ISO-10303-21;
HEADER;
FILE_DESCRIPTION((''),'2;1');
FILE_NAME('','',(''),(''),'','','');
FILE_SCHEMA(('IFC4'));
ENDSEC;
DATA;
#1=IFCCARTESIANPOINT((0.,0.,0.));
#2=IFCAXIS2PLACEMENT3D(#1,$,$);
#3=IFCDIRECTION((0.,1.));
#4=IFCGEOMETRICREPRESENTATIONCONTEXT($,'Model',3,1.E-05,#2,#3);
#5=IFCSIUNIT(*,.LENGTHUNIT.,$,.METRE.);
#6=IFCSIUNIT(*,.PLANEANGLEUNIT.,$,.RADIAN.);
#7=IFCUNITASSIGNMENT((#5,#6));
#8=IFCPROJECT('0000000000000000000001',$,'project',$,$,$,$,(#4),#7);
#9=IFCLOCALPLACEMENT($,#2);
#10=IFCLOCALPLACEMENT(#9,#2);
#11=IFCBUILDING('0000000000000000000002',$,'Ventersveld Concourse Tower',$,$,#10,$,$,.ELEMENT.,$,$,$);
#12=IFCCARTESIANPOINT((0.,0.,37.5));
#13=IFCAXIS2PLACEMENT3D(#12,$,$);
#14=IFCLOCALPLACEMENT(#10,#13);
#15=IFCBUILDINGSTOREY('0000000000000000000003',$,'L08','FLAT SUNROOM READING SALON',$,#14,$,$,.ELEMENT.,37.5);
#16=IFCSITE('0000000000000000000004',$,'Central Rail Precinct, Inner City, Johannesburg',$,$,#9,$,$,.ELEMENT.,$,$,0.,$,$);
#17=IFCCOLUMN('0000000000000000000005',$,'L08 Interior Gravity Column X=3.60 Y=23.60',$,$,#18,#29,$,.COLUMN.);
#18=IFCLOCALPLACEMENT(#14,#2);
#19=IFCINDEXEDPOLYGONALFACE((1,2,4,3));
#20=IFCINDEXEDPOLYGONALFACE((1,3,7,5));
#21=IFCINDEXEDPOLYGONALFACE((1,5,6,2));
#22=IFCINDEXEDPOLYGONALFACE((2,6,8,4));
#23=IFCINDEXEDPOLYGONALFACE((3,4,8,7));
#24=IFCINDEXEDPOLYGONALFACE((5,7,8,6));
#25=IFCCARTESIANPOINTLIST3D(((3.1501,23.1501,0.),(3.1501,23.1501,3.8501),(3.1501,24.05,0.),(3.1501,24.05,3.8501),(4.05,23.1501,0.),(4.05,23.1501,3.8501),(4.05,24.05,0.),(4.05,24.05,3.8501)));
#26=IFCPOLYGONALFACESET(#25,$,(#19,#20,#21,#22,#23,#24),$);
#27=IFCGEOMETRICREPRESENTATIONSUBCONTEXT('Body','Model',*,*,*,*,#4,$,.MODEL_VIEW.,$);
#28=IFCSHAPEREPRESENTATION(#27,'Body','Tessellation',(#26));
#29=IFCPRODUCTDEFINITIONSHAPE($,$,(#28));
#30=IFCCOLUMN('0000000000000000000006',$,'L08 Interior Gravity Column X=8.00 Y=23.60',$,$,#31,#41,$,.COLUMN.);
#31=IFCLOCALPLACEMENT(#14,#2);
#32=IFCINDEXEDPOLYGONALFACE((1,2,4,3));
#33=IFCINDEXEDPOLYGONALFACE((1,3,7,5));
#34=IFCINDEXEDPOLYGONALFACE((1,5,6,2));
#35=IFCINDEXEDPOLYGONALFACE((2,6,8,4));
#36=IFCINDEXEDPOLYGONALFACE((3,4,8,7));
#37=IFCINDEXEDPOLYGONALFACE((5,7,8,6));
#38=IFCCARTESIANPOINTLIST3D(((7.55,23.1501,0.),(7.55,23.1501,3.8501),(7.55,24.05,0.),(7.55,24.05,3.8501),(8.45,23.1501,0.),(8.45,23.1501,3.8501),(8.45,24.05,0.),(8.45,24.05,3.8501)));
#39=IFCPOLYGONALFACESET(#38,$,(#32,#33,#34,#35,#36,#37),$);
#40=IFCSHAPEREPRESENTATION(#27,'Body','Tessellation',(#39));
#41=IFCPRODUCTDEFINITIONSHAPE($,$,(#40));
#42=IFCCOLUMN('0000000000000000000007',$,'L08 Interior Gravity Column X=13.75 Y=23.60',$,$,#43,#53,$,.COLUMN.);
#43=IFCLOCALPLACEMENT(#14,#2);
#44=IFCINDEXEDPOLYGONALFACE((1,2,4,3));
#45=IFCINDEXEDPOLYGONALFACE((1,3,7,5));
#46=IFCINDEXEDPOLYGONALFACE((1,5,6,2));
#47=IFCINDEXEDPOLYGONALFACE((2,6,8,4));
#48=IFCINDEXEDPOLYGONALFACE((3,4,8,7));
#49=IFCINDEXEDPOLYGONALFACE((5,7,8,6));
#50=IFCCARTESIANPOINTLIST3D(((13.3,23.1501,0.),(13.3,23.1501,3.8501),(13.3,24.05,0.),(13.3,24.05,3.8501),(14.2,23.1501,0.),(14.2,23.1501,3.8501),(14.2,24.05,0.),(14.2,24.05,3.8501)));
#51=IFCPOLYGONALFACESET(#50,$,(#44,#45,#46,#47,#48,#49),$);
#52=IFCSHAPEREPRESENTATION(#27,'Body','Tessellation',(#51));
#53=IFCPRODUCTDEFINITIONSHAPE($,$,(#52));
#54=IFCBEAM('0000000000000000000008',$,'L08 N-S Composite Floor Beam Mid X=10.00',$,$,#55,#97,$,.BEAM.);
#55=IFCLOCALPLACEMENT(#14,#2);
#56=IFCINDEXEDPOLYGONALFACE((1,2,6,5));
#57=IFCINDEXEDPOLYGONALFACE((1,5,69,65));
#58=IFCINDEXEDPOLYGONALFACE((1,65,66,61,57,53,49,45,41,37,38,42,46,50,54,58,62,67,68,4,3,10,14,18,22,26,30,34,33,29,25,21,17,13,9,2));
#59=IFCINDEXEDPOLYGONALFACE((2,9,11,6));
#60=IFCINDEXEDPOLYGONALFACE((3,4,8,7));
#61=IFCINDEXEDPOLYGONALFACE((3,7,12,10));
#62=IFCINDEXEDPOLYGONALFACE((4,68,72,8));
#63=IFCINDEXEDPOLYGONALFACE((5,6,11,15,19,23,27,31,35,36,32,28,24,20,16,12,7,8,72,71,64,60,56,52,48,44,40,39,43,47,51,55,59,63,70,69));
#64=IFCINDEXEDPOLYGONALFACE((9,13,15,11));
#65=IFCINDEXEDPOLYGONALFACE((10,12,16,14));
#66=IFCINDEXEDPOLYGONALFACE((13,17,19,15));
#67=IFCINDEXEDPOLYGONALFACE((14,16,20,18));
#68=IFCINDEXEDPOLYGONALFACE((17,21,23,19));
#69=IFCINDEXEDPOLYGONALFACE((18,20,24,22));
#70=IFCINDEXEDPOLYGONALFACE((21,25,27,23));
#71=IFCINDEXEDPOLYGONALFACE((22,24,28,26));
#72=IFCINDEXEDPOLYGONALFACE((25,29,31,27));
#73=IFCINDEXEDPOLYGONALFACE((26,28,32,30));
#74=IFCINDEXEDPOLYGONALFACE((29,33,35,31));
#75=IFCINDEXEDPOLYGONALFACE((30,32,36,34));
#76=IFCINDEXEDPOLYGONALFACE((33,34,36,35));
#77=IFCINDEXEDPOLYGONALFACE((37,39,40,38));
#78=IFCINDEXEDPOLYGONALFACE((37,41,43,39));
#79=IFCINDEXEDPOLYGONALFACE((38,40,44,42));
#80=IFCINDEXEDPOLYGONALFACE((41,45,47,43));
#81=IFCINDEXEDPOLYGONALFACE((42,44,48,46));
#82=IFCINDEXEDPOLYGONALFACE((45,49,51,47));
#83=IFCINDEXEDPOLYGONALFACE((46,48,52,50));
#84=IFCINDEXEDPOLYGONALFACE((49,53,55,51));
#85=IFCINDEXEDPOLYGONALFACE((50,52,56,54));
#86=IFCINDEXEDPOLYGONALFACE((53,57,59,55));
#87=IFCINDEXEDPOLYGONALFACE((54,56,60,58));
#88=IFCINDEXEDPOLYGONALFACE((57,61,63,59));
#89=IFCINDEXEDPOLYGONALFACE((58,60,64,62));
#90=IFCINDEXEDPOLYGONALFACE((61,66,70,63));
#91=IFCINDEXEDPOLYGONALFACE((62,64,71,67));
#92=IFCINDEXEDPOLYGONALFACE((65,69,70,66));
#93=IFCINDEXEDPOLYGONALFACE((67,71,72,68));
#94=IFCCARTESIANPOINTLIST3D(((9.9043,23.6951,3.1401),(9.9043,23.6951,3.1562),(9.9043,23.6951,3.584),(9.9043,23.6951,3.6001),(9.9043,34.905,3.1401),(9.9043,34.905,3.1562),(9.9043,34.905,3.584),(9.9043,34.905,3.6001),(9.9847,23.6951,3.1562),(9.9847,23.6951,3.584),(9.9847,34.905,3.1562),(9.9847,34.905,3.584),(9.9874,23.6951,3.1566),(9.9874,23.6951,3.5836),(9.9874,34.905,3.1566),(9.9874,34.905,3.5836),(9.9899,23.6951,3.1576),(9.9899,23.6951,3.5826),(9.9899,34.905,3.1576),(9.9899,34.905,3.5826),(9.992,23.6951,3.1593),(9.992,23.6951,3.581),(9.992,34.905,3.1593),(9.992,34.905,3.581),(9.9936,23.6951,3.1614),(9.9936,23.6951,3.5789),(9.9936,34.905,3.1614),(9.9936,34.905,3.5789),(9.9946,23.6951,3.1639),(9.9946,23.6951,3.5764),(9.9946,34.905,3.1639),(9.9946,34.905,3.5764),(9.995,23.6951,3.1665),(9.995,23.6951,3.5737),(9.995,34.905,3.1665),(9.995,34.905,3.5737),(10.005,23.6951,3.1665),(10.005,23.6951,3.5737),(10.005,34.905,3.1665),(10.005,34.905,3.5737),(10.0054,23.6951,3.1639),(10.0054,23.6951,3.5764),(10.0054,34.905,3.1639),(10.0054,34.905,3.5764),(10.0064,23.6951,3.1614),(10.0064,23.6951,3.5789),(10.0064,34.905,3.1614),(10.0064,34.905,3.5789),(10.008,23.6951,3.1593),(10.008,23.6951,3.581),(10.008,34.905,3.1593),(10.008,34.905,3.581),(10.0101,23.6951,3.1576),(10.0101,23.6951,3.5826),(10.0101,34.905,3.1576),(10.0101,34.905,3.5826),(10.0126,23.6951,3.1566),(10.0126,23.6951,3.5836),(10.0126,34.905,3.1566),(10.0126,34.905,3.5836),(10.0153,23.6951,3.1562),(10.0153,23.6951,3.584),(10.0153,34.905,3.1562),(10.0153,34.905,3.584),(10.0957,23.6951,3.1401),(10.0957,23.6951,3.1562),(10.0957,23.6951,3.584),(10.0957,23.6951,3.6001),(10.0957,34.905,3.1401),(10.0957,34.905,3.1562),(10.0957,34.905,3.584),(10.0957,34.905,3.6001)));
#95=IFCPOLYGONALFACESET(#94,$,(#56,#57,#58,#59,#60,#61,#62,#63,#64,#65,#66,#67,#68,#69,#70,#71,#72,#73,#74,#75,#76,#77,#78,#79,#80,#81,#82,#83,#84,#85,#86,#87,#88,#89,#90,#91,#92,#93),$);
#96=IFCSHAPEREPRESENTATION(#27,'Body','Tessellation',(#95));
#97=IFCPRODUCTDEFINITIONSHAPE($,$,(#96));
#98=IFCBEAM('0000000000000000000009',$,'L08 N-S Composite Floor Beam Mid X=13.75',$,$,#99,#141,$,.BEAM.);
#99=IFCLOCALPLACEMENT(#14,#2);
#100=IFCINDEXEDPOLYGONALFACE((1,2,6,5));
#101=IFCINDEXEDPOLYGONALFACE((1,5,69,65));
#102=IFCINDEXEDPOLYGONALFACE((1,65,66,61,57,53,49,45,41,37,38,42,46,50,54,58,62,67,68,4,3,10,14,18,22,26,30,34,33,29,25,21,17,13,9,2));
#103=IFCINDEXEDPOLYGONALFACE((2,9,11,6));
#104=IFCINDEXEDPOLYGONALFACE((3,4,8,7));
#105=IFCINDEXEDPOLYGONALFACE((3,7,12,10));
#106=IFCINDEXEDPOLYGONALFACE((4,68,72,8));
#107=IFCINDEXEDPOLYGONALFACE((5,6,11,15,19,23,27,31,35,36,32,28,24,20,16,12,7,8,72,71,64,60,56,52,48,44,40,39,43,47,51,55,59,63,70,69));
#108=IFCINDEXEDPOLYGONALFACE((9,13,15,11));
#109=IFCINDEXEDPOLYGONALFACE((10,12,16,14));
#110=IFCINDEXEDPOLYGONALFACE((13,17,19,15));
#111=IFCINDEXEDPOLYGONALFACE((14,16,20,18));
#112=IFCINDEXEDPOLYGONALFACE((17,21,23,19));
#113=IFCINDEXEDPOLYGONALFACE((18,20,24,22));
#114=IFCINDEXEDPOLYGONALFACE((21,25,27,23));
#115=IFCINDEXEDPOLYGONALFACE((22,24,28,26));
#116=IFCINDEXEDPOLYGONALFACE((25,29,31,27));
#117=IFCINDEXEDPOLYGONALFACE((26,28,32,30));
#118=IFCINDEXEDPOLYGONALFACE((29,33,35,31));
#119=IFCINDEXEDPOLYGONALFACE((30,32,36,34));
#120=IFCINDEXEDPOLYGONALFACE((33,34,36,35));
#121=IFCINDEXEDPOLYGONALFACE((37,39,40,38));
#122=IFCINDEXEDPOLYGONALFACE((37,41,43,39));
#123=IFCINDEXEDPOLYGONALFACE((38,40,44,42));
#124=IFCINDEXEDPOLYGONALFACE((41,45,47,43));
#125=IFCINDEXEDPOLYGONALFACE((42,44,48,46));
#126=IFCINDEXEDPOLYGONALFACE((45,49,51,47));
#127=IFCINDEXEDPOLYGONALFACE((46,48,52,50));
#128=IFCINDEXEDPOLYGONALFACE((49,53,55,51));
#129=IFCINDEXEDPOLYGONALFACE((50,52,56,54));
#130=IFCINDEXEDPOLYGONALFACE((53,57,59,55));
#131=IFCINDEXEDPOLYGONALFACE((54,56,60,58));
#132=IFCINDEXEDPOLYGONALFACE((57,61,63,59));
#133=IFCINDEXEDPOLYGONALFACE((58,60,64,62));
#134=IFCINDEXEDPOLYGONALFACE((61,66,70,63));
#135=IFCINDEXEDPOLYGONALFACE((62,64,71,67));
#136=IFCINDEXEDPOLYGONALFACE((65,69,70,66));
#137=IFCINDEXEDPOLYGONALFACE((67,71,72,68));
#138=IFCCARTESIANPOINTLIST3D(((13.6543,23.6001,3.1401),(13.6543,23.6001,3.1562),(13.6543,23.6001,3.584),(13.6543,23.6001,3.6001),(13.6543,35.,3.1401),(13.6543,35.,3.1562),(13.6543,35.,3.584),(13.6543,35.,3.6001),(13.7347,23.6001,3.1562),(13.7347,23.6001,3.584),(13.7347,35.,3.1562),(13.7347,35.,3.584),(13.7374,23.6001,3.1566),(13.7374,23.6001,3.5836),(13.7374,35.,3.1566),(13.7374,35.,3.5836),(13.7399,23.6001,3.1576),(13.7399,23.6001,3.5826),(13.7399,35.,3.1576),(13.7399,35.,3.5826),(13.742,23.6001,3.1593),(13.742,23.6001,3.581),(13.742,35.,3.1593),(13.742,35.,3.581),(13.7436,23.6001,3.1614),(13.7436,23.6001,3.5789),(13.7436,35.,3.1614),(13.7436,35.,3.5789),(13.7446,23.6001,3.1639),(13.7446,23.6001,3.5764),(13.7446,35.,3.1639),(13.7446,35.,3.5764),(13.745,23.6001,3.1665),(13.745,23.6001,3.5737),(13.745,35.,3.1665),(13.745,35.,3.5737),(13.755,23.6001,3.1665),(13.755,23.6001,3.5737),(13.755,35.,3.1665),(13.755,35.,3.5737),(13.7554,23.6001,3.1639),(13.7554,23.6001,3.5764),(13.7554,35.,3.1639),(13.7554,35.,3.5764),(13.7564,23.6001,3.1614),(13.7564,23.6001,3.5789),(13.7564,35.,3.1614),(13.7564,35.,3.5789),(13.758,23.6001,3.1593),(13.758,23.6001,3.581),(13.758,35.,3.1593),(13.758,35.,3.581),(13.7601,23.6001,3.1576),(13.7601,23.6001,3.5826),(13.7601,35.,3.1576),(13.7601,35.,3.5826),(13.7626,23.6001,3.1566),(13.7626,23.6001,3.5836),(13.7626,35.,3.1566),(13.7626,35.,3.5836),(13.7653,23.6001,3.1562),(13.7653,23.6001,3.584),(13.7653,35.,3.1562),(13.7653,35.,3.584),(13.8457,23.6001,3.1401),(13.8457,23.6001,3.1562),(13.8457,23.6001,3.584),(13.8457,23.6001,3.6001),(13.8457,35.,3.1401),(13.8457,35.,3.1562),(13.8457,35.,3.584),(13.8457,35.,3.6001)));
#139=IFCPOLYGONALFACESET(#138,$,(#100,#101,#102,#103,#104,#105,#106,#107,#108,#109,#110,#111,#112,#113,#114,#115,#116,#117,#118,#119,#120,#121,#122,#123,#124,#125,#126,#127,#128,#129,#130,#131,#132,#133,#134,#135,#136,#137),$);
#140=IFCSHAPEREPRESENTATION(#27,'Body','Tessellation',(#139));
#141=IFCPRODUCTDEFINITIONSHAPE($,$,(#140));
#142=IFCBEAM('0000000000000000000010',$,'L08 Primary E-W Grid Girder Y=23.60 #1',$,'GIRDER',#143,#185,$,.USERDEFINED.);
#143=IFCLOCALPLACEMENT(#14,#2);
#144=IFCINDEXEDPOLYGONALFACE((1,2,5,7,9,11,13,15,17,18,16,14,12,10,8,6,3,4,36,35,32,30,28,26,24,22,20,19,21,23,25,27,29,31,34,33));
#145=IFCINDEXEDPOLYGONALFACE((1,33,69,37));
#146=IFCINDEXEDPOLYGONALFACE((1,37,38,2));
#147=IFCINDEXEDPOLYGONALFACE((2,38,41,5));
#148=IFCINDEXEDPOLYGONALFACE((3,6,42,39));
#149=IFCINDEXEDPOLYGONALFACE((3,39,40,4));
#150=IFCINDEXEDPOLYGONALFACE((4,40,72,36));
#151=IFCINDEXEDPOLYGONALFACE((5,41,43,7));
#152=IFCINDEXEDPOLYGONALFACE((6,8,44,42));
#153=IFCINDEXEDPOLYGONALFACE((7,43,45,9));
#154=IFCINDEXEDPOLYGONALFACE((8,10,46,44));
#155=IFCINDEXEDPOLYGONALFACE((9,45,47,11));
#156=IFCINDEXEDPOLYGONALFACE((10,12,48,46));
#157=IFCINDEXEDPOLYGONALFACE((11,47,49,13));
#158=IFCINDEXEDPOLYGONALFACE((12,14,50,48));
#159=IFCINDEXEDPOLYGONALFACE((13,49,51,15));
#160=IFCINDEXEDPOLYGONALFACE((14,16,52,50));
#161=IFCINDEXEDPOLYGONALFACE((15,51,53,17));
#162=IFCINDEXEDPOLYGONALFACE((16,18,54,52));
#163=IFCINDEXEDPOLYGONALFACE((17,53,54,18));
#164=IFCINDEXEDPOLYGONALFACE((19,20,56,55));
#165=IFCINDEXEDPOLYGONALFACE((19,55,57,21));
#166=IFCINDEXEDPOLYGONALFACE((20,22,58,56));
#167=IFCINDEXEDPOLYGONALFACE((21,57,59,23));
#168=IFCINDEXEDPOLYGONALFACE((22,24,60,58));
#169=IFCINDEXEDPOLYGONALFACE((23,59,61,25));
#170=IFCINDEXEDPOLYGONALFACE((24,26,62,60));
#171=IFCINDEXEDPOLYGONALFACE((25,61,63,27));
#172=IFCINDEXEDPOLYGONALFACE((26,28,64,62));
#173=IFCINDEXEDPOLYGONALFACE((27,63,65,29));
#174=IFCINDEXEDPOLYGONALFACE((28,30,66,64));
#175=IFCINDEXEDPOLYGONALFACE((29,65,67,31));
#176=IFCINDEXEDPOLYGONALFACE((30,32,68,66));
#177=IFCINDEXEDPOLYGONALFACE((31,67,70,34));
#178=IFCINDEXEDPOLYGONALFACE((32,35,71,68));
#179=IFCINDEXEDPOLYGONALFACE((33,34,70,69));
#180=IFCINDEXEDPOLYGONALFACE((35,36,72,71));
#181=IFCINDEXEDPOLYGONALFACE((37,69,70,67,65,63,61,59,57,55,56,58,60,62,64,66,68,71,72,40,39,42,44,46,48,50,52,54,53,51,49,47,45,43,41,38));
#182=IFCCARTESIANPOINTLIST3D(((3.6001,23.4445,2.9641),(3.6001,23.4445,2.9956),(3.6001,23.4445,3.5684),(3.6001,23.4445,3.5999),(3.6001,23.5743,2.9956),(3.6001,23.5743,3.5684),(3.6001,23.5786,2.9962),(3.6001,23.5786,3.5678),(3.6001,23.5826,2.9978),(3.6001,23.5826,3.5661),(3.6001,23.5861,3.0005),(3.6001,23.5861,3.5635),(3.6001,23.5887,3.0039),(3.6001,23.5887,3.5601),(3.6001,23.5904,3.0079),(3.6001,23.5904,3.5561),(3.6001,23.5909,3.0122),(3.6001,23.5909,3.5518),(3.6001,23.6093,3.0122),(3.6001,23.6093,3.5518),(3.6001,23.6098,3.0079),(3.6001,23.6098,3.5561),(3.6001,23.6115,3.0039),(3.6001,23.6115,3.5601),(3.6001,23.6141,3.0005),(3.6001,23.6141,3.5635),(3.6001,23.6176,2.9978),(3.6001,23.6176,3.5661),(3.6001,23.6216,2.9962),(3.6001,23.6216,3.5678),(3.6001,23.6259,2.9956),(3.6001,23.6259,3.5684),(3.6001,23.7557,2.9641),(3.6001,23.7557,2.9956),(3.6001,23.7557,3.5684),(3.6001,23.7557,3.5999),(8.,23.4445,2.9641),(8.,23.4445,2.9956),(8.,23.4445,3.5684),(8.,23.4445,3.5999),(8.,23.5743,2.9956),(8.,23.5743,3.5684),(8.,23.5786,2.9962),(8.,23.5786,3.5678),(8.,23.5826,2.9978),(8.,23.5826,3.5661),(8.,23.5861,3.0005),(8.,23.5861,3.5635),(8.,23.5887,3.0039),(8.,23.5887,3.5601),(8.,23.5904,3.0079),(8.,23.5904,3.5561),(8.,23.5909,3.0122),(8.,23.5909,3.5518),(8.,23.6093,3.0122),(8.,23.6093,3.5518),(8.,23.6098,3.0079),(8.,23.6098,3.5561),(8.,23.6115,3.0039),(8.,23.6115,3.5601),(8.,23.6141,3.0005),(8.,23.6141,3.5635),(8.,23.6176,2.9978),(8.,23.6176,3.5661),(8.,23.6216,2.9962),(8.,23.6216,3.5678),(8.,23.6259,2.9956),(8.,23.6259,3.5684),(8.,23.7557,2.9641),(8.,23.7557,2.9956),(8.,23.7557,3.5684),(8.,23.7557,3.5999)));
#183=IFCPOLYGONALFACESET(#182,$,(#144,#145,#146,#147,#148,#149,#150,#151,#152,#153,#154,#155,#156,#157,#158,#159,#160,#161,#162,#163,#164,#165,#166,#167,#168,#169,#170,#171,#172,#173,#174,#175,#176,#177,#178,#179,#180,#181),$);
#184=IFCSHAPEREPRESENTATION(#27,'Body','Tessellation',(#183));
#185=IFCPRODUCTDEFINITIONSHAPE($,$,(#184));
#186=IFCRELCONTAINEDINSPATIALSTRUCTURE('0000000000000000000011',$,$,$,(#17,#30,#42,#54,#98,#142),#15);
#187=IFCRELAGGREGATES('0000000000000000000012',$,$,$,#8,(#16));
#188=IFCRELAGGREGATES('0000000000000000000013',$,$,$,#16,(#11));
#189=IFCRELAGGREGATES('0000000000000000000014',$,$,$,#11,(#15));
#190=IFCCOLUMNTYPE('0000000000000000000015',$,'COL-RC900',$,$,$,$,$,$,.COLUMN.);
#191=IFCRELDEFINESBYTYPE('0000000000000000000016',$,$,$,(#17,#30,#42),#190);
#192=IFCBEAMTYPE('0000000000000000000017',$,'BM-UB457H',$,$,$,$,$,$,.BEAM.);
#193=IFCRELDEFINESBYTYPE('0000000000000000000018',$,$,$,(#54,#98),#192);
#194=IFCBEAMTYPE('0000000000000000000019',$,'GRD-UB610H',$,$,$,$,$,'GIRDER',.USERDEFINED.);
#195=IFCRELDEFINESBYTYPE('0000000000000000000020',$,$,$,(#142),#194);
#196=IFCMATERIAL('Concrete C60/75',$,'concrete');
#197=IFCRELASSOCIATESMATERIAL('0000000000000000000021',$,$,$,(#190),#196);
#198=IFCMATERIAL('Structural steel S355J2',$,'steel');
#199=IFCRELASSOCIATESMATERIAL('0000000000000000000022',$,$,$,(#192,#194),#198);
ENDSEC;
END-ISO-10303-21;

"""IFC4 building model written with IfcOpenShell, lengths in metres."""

from ifc_helpers import new_model, si_unit, direction, frame, origin, origin_2d, place, context, subcontext, project, spatial, rectangle, i_section, extrude, material, material_profile, profile_set, type_object, element, save


model = new_model("IFC4")

# Units and contexts
model_context = context("Model", 3, precision=1e-05, world=origin(), true_north=direction((0.0, 1.0)))
body_context = subcontext(model_context, "Body", "Model", "MODEL_VIEW")
ifc_project = project(units=[si_unit("LENGTHUNIT", "METRE"), si_unit("PLANEANGLEUNIT", "RADIAN")], contexts=[model_context])

# Site, building, storey
site_placement = place(None, origin())
site = spatial("IfcSite", under=ifc_project, at=site_placement, Name="Central Rail Precinct, Inner City, Johannesburg", CompositionType="ELEMENT", RefElevation=0.0)
building_placement = place(site_placement, origin())
building = spatial("IfcBuilding", under=site, at=building_placement, Name="Ventersveld Concourse Tower", CompositionType="ELEMENT")
storey_placement = place(building_placement, frame((0.0, 0.0, 37.5)))
storey = spatial("IfcBuildingStorey", under=building, at=storey_placement, Name="L08", Description="FLAT SUNROOM READING SALON", CompositionType="ELEMENT", Elevation=37.5)

# Columns
ifc_material_1 = material(Name="Concrete C60/75", Category="concrete")
ifc_material_profile_1 = material_profile(ifc_material_1, rectangle(XDim=0.8999, YDim=0.8999, at=origin_2d()), Name="RC 900x900")
ifc_profile_set_1 = profile_set([ifc_material_profile_1], Name="Concrete C60/75")
column_type = type_object("IfcColumnType", Name="COL-RC900", PredefinedType="COLUMN", material=ifc_profile_set_1)
for number, where, z_axis, x_axis, name in (
    (1, (3.6001, 23.6001, 0.0), (0.0, 0.0, 1.0), (1.0, 0.0, 0.0), "L08 Interior Gravity Column X=3.60 Y=23.60"),
    (2, (8.0, 23.6001, 0.0), (0.0, 0.0, 1.0), (1.0, 0.0, 0.0), "L08 Interior Gravity Column X=8.00 Y=23.60"),
    (3, (13.75, 23.6001, 0.0), (0.0, 0.0, 1.0), (1.0, 0.0, 0.0), "L08 Interior Gravity Column X=13.75 Y=23.60"),
):
    element("IfcColumn", number, at=place(storey_placement, frame(where, z_axis=z_axis, x_axis=x_axis)), inside=storey, type_object=column_type, Name=name, PredefinedType="COLUMN", context=body_context, shape_type="SweptSolid", body=[
        extrude(rectangle(XDim=0.8999, YDim=0.8999, at=origin_2d()), origin(), (0.0, 0.0, 1.0), 3.8501),
    ])

# Beams
ifc_material_2 = material(Name="Structural steel S355J2", Category="steel")
ifc_material_profile_2 = material_profile(ifc_material_2, i_section(OverallWidth=0.1914, OverallDepth=0.46, WebThickness=0.01, FlangeThickness=0.0161, FilletRadius=0.0103, at=origin_2d()), Name="UB 457x191x82")
ifc_profile_set_2 = profile_set([ifc_material_profile_2], Name="Structural steel S355J2")
beam_type_1 = type_object("IfcBeamType", Name="BM-UB457H", PredefinedType="BEAM", material=ifc_profile_set_2)
beam_1_placement = place(storey_placement, frame((10.0, 23.6951, 3.3701), z_axis=(0.0, 1.0, 0.0), x_axis=(-1.0, 0.0, 0.0)))
element("IfcBeam", 4, at=beam_1_placement, inside=storey, type_object=beam_type_1, Name="L08 N-S Composite Floor Beam Mid X=10.00", PredefinedType="BEAM", context=body_context, shape_type="SweptSolid", body=[
    extrude(i_section(OverallWidth=0.1914, OverallDepth=0.46, WebThickness=0.01, FlangeThickness=0.0161, FilletRadius=0.0103, at=origin_2d()), origin(), (0.0, 0.0, 1.0), 11.21),
])
beam_2_placement = place(storey_placement, frame((13.75, 23.6001, 3.3701), z_axis=(0.0, 1.0, 0.0), x_axis=(-1.0, 0.0, 0.0)))
element("IfcBeam", 5, at=beam_2_placement, inside=storey, type_object=beam_type_1, Name="L08 N-S Composite Floor Beam Mid X=13.75", PredefinedType="BEAM", context=body_context, shape_type="SweptSolid", body=[
    extrude(i_section(OverallWidth=0.1914, OverallDepth=0.46, WebThickness=0.01, FlangeThickness=0.0161, FilletRadius=0.0103, at=origin_2d()), origin(), (0.0, 0.0, 1.0), 11.3999),
])
ifc_material_profile_3 = material_profile(ifc_material_2, i_section(OverallWidth=0.3113, OverallDepth=0.6357, WebThickness=0.0183, FlangeThickness=0.0315, FilletRadius=0.0166, at=origin_2d()), Name="UB 610x305x238")
ifc_profile_set_3 = profile_set([ifc_material_profile_3], Name="Structural steel S355J2")
beam_type_2 = type_object("IfcBeamType", Name="GRD-UB610H", ElementType="GIRDER", PredefinedType="USERDEFINED", material=ifc_profile_set_3)
beam_3_placement = place(storey_placement, frame((3.6001, 23.6001, 3.282), z_axis=(1.0, 0.0, 0.0), x_axis=(0.0, 1.0, 0.0)))
element("IfcBeam", 6, at=beam_3_placement, inside=storey, type_object=beam_type_2, Name="L08 Primary E-W Grid Girder Y=23.60 #1", ObjectType="GIRDER", PredefinedType="USERDEFINED", context=body_context, shape_type="SweptSolid", body=[
    extrude(i_section(OverallWidth=0.3113, OverallDepth=0.6357, WebThickness=0.0183, FlangeThickness=0.0315, FilletRadius=0.0166, at=origin_2d()), origin(), (0.0, 0.0, 1.0), 4.3999),
])

save(model, "model.ifc")
